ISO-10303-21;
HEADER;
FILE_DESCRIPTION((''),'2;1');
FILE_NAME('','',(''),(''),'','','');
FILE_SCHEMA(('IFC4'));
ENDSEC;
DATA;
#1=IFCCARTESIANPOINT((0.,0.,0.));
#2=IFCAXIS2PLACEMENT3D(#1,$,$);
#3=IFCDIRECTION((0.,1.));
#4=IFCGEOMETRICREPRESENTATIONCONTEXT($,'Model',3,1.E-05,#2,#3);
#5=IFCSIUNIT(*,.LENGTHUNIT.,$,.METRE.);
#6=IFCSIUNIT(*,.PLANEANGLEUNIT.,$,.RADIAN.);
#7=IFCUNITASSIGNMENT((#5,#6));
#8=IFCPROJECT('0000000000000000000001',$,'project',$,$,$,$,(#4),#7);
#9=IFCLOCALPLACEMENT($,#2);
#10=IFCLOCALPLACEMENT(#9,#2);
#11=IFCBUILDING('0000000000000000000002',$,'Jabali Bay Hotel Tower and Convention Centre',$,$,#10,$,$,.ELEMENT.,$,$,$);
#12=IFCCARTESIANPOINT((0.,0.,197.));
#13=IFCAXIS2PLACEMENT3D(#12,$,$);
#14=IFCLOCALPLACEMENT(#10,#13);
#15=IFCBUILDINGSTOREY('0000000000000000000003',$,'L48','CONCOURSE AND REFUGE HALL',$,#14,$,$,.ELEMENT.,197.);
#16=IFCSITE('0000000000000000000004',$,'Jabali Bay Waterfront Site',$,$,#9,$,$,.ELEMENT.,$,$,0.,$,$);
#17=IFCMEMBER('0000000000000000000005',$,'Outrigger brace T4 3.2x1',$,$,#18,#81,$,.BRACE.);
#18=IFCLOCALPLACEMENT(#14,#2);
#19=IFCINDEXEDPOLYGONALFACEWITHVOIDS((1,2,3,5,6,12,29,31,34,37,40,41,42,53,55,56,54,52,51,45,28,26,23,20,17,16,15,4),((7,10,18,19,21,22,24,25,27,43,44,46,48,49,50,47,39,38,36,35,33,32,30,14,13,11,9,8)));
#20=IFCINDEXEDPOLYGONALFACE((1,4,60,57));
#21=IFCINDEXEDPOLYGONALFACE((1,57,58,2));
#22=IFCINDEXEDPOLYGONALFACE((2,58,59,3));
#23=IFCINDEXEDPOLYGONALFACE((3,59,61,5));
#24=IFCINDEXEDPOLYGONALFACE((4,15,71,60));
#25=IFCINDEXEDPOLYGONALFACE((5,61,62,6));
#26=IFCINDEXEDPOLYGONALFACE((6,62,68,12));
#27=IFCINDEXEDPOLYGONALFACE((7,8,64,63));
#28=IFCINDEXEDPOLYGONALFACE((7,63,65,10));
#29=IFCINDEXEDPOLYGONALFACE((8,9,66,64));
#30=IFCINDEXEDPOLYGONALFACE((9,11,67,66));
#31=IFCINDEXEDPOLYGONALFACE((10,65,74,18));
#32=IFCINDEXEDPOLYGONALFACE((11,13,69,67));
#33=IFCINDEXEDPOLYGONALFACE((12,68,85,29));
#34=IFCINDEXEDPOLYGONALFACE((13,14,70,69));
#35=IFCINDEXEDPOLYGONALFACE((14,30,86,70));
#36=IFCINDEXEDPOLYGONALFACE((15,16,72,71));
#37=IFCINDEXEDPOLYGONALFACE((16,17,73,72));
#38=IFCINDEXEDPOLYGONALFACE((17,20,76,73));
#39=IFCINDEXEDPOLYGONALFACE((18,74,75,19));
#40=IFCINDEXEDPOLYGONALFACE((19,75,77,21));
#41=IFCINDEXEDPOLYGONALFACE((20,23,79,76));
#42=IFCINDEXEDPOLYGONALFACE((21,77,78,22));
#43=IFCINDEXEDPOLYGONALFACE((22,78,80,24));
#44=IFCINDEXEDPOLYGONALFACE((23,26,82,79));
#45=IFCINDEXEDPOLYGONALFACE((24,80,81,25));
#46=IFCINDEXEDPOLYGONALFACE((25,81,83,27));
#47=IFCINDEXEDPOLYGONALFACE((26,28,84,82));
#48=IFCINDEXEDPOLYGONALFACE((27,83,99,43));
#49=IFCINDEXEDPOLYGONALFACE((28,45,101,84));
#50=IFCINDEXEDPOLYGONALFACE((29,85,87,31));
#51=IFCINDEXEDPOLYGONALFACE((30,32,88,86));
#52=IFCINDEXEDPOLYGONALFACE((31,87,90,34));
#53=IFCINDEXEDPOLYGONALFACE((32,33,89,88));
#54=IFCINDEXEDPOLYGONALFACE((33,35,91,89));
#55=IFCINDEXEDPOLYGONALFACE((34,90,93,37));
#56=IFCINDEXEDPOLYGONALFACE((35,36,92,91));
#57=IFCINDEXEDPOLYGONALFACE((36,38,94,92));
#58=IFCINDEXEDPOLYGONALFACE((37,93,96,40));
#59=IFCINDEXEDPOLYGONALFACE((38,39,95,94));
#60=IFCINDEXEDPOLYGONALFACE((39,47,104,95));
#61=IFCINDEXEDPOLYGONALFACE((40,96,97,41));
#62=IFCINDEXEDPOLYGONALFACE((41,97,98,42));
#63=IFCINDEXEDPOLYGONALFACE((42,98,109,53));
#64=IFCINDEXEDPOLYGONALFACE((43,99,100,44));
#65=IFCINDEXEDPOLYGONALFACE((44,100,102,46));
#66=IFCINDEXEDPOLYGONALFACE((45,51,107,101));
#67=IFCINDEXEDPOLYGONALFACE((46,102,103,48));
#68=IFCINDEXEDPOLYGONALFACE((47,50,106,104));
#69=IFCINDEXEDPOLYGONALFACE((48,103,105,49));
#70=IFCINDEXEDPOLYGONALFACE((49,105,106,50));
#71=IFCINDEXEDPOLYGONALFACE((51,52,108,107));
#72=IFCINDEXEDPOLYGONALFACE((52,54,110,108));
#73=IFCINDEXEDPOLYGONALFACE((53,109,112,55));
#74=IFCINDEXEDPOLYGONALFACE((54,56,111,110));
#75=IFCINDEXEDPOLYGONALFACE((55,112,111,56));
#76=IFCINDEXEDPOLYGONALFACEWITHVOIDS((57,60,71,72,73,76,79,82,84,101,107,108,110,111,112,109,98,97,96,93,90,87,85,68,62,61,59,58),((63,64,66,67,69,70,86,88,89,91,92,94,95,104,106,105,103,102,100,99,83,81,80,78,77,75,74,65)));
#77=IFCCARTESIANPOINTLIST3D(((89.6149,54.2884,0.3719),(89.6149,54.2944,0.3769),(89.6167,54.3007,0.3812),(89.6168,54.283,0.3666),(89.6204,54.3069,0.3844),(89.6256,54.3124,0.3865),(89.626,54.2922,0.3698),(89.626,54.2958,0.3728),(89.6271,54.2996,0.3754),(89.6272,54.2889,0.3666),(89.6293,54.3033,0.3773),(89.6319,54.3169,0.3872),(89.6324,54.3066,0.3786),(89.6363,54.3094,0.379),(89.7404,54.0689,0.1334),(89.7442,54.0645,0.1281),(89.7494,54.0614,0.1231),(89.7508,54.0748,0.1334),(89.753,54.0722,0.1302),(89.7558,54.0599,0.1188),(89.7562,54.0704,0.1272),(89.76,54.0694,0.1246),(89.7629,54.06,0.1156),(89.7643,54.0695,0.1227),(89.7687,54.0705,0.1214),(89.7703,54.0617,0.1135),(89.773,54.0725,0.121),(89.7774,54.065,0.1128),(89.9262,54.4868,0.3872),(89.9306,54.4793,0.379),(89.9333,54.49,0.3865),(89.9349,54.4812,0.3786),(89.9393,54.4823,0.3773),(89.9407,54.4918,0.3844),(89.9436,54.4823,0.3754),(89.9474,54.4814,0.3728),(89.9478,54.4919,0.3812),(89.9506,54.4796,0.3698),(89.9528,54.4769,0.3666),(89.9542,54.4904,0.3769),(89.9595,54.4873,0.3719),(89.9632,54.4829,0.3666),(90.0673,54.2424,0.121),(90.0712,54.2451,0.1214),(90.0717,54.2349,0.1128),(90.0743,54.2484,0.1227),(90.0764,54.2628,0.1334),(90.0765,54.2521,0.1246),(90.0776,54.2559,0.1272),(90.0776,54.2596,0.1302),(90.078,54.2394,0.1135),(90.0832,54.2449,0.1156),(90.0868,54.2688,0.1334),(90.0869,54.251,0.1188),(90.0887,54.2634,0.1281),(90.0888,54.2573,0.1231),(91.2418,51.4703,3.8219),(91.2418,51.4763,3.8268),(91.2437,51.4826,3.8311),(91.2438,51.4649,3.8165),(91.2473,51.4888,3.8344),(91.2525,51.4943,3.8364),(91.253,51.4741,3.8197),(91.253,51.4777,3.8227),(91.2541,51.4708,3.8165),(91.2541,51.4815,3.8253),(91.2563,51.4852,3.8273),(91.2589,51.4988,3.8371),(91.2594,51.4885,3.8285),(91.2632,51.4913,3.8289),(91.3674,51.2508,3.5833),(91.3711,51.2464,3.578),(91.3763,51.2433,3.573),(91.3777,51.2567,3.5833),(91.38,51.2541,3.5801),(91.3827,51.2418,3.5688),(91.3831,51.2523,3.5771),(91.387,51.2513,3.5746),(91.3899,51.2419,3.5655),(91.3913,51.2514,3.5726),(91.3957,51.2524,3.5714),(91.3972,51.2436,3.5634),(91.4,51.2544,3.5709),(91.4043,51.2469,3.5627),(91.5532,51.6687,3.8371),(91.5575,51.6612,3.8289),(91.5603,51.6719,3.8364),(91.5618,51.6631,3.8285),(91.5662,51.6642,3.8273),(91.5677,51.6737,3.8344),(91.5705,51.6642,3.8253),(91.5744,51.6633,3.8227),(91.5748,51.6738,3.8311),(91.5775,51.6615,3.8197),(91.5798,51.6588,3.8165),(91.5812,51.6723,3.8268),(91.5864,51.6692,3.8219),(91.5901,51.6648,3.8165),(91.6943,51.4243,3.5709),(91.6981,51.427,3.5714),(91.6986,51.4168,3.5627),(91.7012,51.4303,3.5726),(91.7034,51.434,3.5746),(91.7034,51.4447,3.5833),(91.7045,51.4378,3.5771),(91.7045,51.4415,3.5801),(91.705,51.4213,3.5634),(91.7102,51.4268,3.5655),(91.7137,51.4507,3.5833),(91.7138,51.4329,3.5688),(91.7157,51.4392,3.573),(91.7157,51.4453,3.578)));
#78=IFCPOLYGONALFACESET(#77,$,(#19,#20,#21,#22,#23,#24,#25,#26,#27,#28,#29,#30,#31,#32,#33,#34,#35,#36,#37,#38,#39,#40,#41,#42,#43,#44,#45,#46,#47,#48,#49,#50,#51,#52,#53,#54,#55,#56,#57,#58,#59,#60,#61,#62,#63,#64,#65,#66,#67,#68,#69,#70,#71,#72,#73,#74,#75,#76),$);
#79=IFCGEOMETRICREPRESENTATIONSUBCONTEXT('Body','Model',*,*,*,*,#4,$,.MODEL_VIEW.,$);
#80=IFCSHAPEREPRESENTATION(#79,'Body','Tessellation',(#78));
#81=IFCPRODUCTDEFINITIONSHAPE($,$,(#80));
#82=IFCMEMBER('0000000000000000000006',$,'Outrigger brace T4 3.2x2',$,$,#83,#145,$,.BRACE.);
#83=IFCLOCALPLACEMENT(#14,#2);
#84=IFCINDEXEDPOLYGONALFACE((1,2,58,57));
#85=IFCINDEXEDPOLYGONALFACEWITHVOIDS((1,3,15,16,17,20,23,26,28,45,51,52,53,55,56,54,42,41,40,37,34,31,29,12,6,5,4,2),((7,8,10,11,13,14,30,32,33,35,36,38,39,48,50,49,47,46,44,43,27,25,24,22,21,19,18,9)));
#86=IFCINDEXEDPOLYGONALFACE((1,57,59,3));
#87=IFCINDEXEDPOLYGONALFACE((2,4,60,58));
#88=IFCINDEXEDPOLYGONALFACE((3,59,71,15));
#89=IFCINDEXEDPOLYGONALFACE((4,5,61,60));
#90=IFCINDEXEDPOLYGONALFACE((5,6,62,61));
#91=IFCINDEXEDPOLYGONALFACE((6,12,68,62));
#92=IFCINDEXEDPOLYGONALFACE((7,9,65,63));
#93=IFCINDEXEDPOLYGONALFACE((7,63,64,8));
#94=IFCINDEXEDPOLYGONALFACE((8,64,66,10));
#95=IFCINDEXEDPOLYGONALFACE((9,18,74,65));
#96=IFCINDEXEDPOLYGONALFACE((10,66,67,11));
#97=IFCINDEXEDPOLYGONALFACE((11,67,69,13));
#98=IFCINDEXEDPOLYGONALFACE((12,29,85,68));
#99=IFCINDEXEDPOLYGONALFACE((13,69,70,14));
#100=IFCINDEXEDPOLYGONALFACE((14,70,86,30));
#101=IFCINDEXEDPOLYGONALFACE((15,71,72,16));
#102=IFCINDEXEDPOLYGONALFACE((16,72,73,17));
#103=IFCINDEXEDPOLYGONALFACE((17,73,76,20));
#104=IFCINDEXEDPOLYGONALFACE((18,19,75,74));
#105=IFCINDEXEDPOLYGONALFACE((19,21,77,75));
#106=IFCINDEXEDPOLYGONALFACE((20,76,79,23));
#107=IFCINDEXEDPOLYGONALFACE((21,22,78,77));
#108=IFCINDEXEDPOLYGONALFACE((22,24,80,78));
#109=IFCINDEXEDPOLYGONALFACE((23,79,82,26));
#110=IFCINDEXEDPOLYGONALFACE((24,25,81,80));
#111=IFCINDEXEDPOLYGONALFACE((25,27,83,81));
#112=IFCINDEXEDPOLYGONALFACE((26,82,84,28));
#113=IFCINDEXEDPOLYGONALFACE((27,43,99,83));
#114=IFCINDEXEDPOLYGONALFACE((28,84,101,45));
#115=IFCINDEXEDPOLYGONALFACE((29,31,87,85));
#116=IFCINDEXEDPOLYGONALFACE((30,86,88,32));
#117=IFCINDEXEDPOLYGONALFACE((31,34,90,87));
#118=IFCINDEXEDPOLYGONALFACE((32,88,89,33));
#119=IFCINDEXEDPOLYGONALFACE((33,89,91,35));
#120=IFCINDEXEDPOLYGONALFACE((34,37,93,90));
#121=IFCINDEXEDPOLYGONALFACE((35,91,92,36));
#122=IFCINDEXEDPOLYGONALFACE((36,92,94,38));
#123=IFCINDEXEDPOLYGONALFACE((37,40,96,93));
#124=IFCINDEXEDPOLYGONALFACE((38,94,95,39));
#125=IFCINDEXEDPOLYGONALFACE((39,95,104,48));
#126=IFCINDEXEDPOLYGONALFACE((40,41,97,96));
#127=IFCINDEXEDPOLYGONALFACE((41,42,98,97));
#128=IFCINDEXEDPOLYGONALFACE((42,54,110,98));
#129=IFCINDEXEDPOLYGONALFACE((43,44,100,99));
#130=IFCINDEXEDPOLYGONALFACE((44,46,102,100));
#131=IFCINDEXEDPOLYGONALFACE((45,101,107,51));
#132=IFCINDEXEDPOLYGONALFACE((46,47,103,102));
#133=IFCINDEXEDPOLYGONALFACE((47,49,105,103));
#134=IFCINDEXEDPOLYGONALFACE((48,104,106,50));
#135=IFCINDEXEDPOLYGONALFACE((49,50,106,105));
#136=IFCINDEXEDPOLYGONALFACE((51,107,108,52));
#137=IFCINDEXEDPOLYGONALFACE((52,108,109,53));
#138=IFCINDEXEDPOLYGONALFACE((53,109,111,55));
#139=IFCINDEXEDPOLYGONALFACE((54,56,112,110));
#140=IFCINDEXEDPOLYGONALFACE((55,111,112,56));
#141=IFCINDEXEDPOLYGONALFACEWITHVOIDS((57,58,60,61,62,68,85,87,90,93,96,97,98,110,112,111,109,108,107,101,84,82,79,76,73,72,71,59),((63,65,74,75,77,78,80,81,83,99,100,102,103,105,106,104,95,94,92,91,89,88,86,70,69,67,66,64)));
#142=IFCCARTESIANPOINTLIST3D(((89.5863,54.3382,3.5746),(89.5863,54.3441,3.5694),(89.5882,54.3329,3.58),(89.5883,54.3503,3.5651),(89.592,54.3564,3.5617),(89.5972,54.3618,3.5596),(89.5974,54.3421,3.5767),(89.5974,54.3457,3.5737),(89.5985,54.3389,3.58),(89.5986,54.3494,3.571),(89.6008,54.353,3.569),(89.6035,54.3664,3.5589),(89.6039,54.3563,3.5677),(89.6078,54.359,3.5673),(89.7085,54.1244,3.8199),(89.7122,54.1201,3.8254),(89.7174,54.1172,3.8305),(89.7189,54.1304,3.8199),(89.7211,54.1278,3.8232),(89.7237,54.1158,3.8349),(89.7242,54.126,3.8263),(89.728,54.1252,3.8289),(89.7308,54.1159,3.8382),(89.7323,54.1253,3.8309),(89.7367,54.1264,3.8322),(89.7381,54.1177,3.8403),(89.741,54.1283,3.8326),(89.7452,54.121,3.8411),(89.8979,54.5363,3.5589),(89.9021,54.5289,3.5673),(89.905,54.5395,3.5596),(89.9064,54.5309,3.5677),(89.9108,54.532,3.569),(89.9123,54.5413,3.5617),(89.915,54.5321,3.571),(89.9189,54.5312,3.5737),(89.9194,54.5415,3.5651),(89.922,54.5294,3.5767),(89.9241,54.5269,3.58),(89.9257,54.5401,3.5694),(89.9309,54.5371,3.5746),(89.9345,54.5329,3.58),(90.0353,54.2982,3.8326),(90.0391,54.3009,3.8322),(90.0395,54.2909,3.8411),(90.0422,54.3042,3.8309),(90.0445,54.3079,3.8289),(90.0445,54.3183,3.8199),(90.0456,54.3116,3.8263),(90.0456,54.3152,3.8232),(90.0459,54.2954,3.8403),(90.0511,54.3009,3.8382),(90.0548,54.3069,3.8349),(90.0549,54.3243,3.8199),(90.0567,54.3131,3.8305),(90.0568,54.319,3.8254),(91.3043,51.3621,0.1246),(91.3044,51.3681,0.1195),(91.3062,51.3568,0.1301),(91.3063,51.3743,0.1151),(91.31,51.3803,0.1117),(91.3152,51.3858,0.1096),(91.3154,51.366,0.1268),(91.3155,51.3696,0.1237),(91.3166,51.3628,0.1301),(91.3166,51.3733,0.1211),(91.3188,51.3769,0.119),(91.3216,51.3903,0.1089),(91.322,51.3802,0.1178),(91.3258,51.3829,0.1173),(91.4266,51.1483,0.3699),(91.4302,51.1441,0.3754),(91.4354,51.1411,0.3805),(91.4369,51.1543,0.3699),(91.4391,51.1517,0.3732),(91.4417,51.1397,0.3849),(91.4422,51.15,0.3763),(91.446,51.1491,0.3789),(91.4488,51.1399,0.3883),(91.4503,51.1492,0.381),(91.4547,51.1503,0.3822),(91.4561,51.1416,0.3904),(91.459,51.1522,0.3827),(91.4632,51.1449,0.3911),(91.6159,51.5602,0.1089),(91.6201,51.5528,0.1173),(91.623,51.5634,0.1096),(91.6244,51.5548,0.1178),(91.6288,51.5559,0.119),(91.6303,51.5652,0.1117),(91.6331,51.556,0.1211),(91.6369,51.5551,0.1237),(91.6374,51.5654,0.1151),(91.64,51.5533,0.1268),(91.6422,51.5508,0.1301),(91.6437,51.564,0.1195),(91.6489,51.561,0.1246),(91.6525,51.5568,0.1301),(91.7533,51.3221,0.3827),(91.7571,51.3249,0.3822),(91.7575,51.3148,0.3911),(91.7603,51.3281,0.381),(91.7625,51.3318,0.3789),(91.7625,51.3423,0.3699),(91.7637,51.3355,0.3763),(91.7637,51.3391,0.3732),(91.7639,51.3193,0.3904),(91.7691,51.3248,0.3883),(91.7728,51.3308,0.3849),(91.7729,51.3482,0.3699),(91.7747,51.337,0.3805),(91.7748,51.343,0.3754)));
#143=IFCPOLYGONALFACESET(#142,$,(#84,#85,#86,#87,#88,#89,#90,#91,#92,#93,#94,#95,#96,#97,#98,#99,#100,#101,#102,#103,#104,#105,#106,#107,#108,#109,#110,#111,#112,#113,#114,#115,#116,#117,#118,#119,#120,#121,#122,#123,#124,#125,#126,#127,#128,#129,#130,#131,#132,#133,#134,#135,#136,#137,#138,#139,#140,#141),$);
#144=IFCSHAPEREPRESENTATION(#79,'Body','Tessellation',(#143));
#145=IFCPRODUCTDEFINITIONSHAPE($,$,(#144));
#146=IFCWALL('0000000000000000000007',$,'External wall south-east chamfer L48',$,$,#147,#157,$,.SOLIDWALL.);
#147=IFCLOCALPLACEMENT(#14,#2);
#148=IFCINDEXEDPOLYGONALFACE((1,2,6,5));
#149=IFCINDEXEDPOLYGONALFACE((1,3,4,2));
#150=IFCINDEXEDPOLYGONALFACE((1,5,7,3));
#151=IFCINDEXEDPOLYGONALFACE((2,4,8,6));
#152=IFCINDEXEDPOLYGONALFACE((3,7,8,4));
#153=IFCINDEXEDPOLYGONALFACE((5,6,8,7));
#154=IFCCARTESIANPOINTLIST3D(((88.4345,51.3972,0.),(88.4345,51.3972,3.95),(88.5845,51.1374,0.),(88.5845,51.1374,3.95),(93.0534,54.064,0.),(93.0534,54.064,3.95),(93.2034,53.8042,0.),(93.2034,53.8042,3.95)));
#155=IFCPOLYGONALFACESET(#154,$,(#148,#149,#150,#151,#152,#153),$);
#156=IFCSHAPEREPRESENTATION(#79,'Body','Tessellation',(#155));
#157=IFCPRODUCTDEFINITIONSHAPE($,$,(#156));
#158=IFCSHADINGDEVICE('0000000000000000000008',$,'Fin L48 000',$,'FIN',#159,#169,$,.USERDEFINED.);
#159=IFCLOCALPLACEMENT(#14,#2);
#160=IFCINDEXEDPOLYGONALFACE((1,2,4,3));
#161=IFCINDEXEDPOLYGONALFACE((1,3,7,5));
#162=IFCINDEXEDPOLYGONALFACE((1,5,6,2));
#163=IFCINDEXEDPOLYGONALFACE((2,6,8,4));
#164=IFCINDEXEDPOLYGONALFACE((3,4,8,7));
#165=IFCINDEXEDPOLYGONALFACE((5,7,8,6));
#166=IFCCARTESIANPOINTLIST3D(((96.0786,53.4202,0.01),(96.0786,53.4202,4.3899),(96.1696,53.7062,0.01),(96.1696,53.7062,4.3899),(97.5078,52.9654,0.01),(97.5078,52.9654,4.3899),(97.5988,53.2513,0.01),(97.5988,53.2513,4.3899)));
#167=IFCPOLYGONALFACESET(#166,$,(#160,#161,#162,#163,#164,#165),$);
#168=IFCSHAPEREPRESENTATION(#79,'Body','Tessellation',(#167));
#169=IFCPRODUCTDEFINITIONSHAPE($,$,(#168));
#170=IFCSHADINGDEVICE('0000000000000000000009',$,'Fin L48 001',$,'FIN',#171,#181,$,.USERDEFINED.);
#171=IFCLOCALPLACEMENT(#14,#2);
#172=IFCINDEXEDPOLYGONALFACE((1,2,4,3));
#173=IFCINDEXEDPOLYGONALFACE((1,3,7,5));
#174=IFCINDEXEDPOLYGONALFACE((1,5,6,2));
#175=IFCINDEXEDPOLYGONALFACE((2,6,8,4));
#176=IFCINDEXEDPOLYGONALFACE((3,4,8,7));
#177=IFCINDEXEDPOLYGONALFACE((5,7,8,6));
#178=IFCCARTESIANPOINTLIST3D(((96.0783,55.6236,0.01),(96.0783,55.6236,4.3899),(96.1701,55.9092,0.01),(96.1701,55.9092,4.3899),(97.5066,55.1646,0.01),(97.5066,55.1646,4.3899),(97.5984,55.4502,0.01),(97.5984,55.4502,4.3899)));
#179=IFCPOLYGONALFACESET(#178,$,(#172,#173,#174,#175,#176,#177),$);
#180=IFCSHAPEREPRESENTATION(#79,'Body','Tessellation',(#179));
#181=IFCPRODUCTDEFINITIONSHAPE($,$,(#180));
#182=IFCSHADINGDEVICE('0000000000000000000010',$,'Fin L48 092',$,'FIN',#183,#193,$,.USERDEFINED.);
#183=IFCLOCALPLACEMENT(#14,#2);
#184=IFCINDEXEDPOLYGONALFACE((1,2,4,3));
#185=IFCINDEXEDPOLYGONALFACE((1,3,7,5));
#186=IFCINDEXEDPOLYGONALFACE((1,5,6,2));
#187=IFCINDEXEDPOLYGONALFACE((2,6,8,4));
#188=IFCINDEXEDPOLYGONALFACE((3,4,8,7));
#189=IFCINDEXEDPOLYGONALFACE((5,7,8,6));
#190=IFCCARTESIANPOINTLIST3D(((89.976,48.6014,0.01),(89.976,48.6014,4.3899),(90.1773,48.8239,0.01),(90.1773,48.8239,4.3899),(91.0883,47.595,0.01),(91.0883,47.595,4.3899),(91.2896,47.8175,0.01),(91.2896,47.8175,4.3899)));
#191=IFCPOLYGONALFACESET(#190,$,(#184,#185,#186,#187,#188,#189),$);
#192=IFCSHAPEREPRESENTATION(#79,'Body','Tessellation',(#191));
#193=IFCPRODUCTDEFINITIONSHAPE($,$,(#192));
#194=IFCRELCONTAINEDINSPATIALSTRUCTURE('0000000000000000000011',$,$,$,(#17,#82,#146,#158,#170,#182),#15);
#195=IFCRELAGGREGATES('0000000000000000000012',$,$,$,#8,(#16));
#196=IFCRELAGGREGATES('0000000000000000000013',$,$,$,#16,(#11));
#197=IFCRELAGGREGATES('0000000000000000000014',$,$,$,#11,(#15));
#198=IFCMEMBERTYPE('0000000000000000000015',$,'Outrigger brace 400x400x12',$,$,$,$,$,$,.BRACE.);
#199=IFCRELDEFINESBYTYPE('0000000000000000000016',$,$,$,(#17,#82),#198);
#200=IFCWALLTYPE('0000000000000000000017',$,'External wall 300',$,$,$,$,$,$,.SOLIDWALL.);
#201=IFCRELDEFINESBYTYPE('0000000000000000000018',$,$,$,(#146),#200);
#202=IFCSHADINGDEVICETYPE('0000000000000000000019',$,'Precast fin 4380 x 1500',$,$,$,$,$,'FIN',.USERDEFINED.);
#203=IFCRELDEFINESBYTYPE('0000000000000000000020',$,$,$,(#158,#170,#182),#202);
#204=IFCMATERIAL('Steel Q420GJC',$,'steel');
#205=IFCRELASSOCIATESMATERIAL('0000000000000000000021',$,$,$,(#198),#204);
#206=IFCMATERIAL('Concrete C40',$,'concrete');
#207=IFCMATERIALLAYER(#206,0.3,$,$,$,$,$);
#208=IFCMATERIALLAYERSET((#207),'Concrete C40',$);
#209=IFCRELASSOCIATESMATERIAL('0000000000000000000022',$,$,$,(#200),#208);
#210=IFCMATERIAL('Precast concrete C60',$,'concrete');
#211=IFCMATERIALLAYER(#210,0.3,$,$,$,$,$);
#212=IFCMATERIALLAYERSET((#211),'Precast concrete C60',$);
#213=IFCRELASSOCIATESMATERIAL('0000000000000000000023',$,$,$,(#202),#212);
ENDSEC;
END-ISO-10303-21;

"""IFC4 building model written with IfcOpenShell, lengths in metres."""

from ifc_helpers import new_model, si_unit, direction, frame, frame_2d, origin, origin_2d, place, context, subcontext, project, spatial, rectangle, hollow_rectangle, extrude, material, layer, layer_set, material_profile, profile_set, type_object, element, save


model = new_model("IFC4")

# Units and contexts
model_context = context("Model", 3, precision=1e-05, world=origin(), true_north=direction((0.0, 1.0)))
body_context = subcontext(model_context, "Body", "Model", "MODEL_VIEW")
ifc_project = project(units=[si_unit("LENGTHUNIT", "METRE"), si_unit("PLANEANGLEUNIT", "RADIAN")], contexts=[model_context])

# Site, building, storey
site_placement = place(None, origin())
site = spatial("IfcSite", under=ifc_project, at=site_placement, Name="Jabali Bay Waterfront Site", CompositionType="ELEMENT", RefElevation=0.0)
building_placement = place(site_placement, origin())
building = spatial("IfcBuilding", under=site, at=building_placement, Name="Jabali Bay Hotel Tower and Convention Centre", CompositionType="ELEMENT")
storey_placement = place(building_placement, frame((0.0, 0.0, 197.0)))
storey = spatial("IfcBuildingStorey", under=building, at=storey_placement, Name="L48", Description="CONCOURSE AND REFUGE HALL", CompositionType="ELEMENT", Elevation=197.0)

# Members
ifc_material_1 = material(Name="Steel Q420GJC", Category="steel")
ifc_material_profile_1 = material_profile(ifc_material_1, hollow_rectangle(XDim=0.3999, YDim=0.3999, WallThickness=0.012, InnerFilletRadius=0.0181, OuterFilletRadius=0.03, at=origin_2d()), Name="Outrigger brace 400x400x12")
ifc_profile_set_1 = profile_set([ifc_material_profile_1], Name="Steel Q420GJC")
member_type_1 = type_object("IfcMemberType", Name="Outrigger brace 400x400x12", PredefinedType="BRACE", material=ifc_profile_set_1)
member_1_placement = place(storey_placement, frame((89.8518, 54.2759, 0.25), z_axis=(0.343061, -0.594231, 0.72746), x_axis=(0.866037, 0.49998, 0.0)))
element("IfcMember", 1, at=member_1_placement, inside=storey, type_object=member_type_1, Name="Outrigger brace T4 3.2x1", PredefinedType="BRACE", context=body_context, shape_type="SweptSolid", body=[
    extrude(hollow_rectangle(XDim=0.3999, YDim=0.3999, WallThickness=0.012, InnerFilletRadius=0.0181, OuterFilletRadius=0.03, at=origin_2d()), origin(), (0.0, 0.0, 1.0), 4.7424),
])
member_2_placement = place(storey_placement, frame((91.5396, 51.3525, 0.25), z_axis=(-0.352821, 0.611183, 0.708501), x_axis=(-0.866053, -0.499952, 0.0)))
element("IfcMember", 2, at=member_2_placement, inside=storey, type_object=member_type_1, Name="Outrigger brace T4 3.2x2", PredefinedType="BRACE", context=body_context, shape_type="SweptSolid", body=[
    extrude(hollow_rectangle(XDim=0.3999, YDim=0.3999, WallThickness=0.012, InnerFilletRadius=0.0181, OuterFilletRadius=0.03, at=origin_2d()), origin(), (0.0, 0.0, 1.0), 4.8694),
])

# Wall
ifc_material_2 = material(Name="Concrete C40", Category="concrete")
ifc_layer_1 = layer(ifc_material_2, 0.3)
ifc_layer_set_1 = layer_set([ifc_layer_1], Name="Concrete C40")
wall_type = type_object("IfcWallType", Name="External wall 300", PredefinedType="SOLIDWALL", material=ifc_layer_set_1)
wall_placement = place(storey_placement, frame((93.1284, 53.9341, 0.0), z_axis=(0.0, 0.0, 1.0), x_axis=(-0.866023, -0.500004, 0.0)))
element("IfcWall", 3, at=wall_placement, inside=storey, type_object=wall_type, Name="External wall south-east chamfer L48", PredefinedType="SOLIDWALL", context=body_context, shape_type="SweptSolid", body=[
    extrude(rectangle(XDim=5.3335, YDim=0.3, at=frame_2d((2.6667, 0.0))), origin(), (0.0, 0.0, 1.0), 3.95),
])

# Shading devices
ifc_material_3 = material(Name="Precast concrete C60", Category="concrete")
ifc_layer_2 = layer(ifc_material_3, 0.3)
ifc_layer_set_2 = layer_set([ifc_layer_2], Name="Precast concrete C60")
shading_device_type = type_object("IfcShadingDeviceType", Name="Precast fin 4380 x 1500", ElementType="FIN", PredefinedType="USERDEFINED", material=ifc_layer_set_2)
shading_device_1_placement = place(storey_placement, frame((96.124, 53.5632, 0.01), z_axis=(0.0, 0.0, 1.0), x_axis=(0.952909, -0.303257, 0.0)))
element("IfcShadingDevice", 4, at=shading_device_1_placement, inside=storey, type_object=shading_device_type, Name="Fin L48 000", ObjectType="FIN", PredefinedType="USERDEFINED", context=body_context, shape_type="SweptSolid", body=[
    extrude(rectangle(XDim=1.4998, YDim=0.3, at=frame_2d((0.75, 0.0))), origin(), (0.0, 0.0, 1.0), 4.3799),
])
shading_device_2_placement = place(storey_placement, frame((96.1243, 55.7664, 0.01), z_axis=(0.0, 0.0, 1.0), x_axis=(0.952045, -0.305957, 0.0)))
element("IfcShadingDevice", 5, at=shading_device_2_placement, inside=storey, type_object=shading_device_type, Name="Fin L48 001", ObjectType="FIN", PredefinedType="USERDEFINED", context=body_context, shape_type="SweptSolid", body=[
    extrude(rectangle(XDim=1.5002, YDim=0.3, at=frame_2d((0.75, 0.0))), origin(), (0.0, 0.0, 1.0), 4.3799),
])
for number, where, z_axis, x_axis, name in (
    (6, (90.0767, 48.7126, 0.01), (0.0, 0.0, 1.0), (0.741543, -0.670905, 0.0), "Fin L48 092"),
):
    element("IfcShadingDevice", number, at=place(storey_placement, frame(where, z_axis=z_axis, x_axis=x_axis)), inside=storey, type_object=shading_device_type, Name=name, ObjectType="FIN", PredefinedType="USERDEFINED", context=body_context, shape_type="SweptSolid", body=[
        extrude(rectangle(XDim=1.5, YDim=0.3, at=frame_2d((0.75, 0.0))), origin(), (0.0, 0.0, 1.0), 4.3799),
    ])

save(model, "model.ifc")
